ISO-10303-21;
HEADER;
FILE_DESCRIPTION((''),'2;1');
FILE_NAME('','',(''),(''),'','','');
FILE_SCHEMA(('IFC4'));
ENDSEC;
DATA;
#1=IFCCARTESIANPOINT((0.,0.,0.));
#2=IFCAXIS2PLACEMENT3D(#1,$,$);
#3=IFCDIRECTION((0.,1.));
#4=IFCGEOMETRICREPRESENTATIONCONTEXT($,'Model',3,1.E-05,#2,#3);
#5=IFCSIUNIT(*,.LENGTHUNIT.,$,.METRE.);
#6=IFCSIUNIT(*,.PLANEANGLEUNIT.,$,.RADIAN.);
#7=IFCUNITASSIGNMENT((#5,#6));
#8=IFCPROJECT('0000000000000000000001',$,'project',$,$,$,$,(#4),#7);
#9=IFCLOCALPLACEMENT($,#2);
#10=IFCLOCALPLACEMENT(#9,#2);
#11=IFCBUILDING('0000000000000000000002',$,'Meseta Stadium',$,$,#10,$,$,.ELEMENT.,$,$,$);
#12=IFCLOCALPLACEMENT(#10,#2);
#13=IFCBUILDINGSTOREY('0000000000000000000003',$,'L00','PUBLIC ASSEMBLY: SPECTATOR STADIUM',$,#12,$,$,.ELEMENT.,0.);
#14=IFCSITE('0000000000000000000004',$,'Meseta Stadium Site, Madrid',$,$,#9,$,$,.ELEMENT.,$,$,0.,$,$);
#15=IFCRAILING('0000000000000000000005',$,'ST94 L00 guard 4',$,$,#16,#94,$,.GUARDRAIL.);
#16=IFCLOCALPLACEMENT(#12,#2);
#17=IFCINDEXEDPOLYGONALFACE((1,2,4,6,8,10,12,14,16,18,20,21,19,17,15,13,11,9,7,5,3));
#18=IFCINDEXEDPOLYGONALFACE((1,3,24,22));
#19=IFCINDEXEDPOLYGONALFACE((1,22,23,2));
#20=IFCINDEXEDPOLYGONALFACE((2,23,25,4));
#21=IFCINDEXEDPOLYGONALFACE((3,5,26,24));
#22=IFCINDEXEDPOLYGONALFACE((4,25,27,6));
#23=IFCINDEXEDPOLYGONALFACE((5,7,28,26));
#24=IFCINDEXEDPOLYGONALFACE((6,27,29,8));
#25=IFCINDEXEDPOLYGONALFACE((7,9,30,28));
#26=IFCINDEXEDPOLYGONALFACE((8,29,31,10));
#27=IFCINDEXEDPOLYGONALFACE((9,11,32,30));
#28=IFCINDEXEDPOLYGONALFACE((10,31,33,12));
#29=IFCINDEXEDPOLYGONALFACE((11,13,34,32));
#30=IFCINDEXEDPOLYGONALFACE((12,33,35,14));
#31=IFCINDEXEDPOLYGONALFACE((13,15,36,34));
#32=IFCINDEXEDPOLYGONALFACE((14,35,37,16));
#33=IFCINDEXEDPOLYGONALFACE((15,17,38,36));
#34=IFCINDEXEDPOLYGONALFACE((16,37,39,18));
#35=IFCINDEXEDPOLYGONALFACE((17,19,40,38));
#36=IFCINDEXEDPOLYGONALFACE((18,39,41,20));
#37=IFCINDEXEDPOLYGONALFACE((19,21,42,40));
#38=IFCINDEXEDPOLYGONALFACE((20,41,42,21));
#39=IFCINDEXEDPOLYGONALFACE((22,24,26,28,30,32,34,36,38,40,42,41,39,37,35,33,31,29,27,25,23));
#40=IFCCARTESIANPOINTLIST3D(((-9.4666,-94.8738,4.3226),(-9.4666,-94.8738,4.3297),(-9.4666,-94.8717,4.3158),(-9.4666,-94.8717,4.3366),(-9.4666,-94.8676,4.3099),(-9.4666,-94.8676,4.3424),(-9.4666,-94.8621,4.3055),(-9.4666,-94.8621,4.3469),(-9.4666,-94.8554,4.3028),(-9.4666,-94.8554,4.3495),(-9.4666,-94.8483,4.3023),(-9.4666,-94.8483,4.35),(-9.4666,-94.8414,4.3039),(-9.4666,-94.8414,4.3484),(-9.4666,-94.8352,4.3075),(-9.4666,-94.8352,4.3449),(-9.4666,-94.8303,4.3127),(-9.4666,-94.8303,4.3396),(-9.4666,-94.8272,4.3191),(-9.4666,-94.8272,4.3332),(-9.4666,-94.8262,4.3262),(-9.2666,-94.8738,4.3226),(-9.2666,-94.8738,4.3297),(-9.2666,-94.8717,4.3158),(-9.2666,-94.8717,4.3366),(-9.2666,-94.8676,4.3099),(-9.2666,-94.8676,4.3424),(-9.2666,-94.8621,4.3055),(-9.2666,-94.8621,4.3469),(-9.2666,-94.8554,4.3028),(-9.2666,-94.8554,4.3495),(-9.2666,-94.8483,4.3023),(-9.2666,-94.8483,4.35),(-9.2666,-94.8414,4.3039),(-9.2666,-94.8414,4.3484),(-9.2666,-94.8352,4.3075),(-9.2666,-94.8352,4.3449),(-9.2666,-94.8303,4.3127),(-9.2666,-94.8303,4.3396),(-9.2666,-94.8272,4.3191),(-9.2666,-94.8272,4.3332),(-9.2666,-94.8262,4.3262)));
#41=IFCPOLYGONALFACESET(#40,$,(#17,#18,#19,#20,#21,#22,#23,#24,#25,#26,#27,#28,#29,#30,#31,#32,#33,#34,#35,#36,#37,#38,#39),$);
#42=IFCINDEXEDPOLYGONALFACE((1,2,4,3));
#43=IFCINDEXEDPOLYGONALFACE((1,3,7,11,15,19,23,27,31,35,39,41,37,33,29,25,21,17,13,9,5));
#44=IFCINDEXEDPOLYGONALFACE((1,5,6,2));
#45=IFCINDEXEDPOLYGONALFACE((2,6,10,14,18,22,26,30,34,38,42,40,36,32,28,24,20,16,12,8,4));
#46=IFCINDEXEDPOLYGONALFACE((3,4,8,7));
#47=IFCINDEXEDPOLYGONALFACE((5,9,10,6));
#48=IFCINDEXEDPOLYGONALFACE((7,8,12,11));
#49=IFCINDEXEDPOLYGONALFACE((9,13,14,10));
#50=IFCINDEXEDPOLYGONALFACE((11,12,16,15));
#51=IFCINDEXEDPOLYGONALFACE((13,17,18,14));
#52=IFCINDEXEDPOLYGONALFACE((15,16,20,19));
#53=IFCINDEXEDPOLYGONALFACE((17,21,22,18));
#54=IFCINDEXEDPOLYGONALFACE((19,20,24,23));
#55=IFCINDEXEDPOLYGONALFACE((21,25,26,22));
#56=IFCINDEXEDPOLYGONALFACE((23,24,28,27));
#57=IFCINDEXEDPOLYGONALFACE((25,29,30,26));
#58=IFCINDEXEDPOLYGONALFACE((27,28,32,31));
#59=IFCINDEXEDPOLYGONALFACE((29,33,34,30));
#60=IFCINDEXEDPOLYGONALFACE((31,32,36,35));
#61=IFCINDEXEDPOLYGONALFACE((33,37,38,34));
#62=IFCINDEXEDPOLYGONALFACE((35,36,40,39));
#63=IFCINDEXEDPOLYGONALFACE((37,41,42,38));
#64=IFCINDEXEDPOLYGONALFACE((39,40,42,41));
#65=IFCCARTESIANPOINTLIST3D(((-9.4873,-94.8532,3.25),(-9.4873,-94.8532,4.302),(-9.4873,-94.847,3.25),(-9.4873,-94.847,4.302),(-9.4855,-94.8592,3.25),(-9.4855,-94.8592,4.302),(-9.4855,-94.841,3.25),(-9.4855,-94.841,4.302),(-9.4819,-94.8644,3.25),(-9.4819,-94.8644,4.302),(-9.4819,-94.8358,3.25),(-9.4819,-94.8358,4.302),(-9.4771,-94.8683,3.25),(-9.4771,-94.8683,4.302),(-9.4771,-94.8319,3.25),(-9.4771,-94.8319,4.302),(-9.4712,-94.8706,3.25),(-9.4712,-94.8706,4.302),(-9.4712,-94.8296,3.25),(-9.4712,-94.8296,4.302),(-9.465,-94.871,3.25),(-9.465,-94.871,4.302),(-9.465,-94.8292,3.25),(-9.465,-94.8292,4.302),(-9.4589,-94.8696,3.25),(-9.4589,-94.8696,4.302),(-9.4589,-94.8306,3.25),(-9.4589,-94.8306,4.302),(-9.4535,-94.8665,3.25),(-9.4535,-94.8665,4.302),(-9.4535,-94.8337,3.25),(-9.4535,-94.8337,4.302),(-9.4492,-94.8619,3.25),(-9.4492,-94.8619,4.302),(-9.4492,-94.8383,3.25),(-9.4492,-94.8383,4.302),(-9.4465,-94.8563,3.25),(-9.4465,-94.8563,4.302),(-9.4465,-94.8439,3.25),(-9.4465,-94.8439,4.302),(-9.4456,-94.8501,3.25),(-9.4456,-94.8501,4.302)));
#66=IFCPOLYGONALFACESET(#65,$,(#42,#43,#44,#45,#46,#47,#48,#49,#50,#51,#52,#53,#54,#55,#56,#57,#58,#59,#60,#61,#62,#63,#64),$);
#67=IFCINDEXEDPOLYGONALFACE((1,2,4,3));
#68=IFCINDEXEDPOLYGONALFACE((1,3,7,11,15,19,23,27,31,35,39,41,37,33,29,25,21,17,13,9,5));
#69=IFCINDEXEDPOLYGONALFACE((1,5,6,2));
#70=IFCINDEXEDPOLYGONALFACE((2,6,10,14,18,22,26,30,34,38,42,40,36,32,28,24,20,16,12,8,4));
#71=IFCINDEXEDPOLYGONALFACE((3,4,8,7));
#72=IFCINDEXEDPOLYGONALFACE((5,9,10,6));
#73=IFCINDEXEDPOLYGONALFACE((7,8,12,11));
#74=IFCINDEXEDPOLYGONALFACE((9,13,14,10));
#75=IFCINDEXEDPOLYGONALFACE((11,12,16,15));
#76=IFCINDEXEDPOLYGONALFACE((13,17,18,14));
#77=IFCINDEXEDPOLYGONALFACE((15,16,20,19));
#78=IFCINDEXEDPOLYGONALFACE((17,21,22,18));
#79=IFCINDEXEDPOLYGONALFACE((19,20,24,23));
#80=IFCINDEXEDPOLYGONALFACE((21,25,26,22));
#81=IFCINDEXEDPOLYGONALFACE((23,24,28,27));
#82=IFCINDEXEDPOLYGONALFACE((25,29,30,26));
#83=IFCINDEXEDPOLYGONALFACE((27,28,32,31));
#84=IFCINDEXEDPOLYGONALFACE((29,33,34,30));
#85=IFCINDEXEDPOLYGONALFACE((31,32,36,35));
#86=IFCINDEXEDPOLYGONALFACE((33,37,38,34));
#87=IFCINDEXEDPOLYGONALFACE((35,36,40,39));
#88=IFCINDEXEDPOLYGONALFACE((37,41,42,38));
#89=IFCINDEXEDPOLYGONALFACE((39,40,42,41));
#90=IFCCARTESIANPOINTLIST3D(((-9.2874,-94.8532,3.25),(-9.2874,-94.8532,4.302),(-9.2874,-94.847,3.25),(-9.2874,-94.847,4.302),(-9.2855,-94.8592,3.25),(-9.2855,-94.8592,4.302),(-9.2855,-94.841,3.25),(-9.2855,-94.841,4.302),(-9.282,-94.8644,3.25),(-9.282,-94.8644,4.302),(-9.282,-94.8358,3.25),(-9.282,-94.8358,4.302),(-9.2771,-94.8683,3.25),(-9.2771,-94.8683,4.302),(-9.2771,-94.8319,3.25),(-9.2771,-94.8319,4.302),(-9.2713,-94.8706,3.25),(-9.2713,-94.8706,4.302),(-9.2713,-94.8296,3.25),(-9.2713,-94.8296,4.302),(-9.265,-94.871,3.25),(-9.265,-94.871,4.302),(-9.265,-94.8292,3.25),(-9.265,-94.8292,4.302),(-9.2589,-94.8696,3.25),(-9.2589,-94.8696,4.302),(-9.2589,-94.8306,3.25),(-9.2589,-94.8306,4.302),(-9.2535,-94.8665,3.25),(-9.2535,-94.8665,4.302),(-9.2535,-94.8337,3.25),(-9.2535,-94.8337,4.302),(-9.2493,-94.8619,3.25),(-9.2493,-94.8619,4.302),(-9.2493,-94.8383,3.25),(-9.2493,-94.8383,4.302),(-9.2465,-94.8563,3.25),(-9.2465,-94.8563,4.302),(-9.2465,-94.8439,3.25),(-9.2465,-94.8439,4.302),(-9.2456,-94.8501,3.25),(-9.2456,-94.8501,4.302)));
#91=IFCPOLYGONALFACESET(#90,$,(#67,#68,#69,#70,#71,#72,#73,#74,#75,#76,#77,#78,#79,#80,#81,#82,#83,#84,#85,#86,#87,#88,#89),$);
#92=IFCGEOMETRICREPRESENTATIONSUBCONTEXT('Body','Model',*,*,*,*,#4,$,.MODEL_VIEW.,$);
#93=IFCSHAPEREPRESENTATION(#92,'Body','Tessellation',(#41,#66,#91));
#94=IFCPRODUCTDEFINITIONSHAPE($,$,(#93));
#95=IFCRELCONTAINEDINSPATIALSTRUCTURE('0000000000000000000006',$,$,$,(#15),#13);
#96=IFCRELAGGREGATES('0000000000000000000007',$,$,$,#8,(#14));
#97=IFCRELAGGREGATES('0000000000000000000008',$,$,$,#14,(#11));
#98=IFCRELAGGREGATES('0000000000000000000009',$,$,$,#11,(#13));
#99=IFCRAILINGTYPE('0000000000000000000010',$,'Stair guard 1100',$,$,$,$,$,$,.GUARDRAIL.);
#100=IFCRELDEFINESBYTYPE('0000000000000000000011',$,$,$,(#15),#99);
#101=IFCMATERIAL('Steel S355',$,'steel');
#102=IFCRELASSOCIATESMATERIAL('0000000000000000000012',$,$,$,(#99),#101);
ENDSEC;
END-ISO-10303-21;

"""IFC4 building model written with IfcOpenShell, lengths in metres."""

from ifc_helpers import new_model, si_unit, direction, frame, origin, origin_2d, place, context, subcontext, project, spatial, circle, extrude, material, type_object, element, save


model = new_model("IFC4")

# Units and contexts
model_context = context("Model", 3, precision=1e-05, world=origin(), true_north=direction((0.0, 1.0)))
body_context = subcontext(model_context, "Body", "Model", "MODEL_VIEW")
ifc_project = project(units=[si_unit("LENGTHUNIT", "METRE"), si_unit("PLANEANGLEUNIT", "RADIAN")], contexts=[model_context])

# Site, building, storey
site_placement = place(None, origin())
site = spatial("IfcSite", under=ifc_project, at=site_placement, Name="Meseta Stadium Site, Madrid", CompositionType="ELEMENT", RefElevation=0.0)
building_placement = place(site_placement, origin())
building = spatial("IfcBuilding", under=site, at=building_placement, Name="Meseta Stadium", CompositionType="ELEMENT")
storey_placement = place(building_placement, origin())
storey = spatial("IfcBuildingStorey", under=building, at=storey_placement, Name="L00", Description="PUBLIC ASSEMBLY: SPECTATOR STADIUM", CompositionType="ELEMENT", Elevation=0.0)

# Railing
ifc_material_1 = material(Name="Steel S355", Category="steel")
railing_type_1 = type_object("IfcRailingType", Name="Stair guard 1100", PredefinedType="GUARDRAIL", material=ifc_material_1)
railing_1_placement = place(storey_placement, frame((-9.4666, -94.8501, 3.25)))
element("IfcRailing", 1, at=railing_1_placement, inside=storey, type_object=railing_type_1, Name="ST94 L00 guard 4", PredefinedType="GUARDRAIL", context=body_context, shape_type="SweptSolid", body=[
    extrude(circle(Radius=0.0239, at=origin_2d()), frame((0.0, 0.0, 1.0762), z_axis=(1.0, 0.0, 0.0), x_axis=(0.0, 1.0, 0.0)), (0.0, 0.0, 1.0), 0.2),
    extrude(circle(Radius=0.021, at=origin_2d()), origin(), (0.0, 0.0, 1.0), 1.052),
    extrude(circle(Radius=0.021, at=origin_2d()), frame((0.2, 0.0, 0.0)), (0.0, 0.0, 1.0), 1.052),
])

save(model, "model.ifc")
